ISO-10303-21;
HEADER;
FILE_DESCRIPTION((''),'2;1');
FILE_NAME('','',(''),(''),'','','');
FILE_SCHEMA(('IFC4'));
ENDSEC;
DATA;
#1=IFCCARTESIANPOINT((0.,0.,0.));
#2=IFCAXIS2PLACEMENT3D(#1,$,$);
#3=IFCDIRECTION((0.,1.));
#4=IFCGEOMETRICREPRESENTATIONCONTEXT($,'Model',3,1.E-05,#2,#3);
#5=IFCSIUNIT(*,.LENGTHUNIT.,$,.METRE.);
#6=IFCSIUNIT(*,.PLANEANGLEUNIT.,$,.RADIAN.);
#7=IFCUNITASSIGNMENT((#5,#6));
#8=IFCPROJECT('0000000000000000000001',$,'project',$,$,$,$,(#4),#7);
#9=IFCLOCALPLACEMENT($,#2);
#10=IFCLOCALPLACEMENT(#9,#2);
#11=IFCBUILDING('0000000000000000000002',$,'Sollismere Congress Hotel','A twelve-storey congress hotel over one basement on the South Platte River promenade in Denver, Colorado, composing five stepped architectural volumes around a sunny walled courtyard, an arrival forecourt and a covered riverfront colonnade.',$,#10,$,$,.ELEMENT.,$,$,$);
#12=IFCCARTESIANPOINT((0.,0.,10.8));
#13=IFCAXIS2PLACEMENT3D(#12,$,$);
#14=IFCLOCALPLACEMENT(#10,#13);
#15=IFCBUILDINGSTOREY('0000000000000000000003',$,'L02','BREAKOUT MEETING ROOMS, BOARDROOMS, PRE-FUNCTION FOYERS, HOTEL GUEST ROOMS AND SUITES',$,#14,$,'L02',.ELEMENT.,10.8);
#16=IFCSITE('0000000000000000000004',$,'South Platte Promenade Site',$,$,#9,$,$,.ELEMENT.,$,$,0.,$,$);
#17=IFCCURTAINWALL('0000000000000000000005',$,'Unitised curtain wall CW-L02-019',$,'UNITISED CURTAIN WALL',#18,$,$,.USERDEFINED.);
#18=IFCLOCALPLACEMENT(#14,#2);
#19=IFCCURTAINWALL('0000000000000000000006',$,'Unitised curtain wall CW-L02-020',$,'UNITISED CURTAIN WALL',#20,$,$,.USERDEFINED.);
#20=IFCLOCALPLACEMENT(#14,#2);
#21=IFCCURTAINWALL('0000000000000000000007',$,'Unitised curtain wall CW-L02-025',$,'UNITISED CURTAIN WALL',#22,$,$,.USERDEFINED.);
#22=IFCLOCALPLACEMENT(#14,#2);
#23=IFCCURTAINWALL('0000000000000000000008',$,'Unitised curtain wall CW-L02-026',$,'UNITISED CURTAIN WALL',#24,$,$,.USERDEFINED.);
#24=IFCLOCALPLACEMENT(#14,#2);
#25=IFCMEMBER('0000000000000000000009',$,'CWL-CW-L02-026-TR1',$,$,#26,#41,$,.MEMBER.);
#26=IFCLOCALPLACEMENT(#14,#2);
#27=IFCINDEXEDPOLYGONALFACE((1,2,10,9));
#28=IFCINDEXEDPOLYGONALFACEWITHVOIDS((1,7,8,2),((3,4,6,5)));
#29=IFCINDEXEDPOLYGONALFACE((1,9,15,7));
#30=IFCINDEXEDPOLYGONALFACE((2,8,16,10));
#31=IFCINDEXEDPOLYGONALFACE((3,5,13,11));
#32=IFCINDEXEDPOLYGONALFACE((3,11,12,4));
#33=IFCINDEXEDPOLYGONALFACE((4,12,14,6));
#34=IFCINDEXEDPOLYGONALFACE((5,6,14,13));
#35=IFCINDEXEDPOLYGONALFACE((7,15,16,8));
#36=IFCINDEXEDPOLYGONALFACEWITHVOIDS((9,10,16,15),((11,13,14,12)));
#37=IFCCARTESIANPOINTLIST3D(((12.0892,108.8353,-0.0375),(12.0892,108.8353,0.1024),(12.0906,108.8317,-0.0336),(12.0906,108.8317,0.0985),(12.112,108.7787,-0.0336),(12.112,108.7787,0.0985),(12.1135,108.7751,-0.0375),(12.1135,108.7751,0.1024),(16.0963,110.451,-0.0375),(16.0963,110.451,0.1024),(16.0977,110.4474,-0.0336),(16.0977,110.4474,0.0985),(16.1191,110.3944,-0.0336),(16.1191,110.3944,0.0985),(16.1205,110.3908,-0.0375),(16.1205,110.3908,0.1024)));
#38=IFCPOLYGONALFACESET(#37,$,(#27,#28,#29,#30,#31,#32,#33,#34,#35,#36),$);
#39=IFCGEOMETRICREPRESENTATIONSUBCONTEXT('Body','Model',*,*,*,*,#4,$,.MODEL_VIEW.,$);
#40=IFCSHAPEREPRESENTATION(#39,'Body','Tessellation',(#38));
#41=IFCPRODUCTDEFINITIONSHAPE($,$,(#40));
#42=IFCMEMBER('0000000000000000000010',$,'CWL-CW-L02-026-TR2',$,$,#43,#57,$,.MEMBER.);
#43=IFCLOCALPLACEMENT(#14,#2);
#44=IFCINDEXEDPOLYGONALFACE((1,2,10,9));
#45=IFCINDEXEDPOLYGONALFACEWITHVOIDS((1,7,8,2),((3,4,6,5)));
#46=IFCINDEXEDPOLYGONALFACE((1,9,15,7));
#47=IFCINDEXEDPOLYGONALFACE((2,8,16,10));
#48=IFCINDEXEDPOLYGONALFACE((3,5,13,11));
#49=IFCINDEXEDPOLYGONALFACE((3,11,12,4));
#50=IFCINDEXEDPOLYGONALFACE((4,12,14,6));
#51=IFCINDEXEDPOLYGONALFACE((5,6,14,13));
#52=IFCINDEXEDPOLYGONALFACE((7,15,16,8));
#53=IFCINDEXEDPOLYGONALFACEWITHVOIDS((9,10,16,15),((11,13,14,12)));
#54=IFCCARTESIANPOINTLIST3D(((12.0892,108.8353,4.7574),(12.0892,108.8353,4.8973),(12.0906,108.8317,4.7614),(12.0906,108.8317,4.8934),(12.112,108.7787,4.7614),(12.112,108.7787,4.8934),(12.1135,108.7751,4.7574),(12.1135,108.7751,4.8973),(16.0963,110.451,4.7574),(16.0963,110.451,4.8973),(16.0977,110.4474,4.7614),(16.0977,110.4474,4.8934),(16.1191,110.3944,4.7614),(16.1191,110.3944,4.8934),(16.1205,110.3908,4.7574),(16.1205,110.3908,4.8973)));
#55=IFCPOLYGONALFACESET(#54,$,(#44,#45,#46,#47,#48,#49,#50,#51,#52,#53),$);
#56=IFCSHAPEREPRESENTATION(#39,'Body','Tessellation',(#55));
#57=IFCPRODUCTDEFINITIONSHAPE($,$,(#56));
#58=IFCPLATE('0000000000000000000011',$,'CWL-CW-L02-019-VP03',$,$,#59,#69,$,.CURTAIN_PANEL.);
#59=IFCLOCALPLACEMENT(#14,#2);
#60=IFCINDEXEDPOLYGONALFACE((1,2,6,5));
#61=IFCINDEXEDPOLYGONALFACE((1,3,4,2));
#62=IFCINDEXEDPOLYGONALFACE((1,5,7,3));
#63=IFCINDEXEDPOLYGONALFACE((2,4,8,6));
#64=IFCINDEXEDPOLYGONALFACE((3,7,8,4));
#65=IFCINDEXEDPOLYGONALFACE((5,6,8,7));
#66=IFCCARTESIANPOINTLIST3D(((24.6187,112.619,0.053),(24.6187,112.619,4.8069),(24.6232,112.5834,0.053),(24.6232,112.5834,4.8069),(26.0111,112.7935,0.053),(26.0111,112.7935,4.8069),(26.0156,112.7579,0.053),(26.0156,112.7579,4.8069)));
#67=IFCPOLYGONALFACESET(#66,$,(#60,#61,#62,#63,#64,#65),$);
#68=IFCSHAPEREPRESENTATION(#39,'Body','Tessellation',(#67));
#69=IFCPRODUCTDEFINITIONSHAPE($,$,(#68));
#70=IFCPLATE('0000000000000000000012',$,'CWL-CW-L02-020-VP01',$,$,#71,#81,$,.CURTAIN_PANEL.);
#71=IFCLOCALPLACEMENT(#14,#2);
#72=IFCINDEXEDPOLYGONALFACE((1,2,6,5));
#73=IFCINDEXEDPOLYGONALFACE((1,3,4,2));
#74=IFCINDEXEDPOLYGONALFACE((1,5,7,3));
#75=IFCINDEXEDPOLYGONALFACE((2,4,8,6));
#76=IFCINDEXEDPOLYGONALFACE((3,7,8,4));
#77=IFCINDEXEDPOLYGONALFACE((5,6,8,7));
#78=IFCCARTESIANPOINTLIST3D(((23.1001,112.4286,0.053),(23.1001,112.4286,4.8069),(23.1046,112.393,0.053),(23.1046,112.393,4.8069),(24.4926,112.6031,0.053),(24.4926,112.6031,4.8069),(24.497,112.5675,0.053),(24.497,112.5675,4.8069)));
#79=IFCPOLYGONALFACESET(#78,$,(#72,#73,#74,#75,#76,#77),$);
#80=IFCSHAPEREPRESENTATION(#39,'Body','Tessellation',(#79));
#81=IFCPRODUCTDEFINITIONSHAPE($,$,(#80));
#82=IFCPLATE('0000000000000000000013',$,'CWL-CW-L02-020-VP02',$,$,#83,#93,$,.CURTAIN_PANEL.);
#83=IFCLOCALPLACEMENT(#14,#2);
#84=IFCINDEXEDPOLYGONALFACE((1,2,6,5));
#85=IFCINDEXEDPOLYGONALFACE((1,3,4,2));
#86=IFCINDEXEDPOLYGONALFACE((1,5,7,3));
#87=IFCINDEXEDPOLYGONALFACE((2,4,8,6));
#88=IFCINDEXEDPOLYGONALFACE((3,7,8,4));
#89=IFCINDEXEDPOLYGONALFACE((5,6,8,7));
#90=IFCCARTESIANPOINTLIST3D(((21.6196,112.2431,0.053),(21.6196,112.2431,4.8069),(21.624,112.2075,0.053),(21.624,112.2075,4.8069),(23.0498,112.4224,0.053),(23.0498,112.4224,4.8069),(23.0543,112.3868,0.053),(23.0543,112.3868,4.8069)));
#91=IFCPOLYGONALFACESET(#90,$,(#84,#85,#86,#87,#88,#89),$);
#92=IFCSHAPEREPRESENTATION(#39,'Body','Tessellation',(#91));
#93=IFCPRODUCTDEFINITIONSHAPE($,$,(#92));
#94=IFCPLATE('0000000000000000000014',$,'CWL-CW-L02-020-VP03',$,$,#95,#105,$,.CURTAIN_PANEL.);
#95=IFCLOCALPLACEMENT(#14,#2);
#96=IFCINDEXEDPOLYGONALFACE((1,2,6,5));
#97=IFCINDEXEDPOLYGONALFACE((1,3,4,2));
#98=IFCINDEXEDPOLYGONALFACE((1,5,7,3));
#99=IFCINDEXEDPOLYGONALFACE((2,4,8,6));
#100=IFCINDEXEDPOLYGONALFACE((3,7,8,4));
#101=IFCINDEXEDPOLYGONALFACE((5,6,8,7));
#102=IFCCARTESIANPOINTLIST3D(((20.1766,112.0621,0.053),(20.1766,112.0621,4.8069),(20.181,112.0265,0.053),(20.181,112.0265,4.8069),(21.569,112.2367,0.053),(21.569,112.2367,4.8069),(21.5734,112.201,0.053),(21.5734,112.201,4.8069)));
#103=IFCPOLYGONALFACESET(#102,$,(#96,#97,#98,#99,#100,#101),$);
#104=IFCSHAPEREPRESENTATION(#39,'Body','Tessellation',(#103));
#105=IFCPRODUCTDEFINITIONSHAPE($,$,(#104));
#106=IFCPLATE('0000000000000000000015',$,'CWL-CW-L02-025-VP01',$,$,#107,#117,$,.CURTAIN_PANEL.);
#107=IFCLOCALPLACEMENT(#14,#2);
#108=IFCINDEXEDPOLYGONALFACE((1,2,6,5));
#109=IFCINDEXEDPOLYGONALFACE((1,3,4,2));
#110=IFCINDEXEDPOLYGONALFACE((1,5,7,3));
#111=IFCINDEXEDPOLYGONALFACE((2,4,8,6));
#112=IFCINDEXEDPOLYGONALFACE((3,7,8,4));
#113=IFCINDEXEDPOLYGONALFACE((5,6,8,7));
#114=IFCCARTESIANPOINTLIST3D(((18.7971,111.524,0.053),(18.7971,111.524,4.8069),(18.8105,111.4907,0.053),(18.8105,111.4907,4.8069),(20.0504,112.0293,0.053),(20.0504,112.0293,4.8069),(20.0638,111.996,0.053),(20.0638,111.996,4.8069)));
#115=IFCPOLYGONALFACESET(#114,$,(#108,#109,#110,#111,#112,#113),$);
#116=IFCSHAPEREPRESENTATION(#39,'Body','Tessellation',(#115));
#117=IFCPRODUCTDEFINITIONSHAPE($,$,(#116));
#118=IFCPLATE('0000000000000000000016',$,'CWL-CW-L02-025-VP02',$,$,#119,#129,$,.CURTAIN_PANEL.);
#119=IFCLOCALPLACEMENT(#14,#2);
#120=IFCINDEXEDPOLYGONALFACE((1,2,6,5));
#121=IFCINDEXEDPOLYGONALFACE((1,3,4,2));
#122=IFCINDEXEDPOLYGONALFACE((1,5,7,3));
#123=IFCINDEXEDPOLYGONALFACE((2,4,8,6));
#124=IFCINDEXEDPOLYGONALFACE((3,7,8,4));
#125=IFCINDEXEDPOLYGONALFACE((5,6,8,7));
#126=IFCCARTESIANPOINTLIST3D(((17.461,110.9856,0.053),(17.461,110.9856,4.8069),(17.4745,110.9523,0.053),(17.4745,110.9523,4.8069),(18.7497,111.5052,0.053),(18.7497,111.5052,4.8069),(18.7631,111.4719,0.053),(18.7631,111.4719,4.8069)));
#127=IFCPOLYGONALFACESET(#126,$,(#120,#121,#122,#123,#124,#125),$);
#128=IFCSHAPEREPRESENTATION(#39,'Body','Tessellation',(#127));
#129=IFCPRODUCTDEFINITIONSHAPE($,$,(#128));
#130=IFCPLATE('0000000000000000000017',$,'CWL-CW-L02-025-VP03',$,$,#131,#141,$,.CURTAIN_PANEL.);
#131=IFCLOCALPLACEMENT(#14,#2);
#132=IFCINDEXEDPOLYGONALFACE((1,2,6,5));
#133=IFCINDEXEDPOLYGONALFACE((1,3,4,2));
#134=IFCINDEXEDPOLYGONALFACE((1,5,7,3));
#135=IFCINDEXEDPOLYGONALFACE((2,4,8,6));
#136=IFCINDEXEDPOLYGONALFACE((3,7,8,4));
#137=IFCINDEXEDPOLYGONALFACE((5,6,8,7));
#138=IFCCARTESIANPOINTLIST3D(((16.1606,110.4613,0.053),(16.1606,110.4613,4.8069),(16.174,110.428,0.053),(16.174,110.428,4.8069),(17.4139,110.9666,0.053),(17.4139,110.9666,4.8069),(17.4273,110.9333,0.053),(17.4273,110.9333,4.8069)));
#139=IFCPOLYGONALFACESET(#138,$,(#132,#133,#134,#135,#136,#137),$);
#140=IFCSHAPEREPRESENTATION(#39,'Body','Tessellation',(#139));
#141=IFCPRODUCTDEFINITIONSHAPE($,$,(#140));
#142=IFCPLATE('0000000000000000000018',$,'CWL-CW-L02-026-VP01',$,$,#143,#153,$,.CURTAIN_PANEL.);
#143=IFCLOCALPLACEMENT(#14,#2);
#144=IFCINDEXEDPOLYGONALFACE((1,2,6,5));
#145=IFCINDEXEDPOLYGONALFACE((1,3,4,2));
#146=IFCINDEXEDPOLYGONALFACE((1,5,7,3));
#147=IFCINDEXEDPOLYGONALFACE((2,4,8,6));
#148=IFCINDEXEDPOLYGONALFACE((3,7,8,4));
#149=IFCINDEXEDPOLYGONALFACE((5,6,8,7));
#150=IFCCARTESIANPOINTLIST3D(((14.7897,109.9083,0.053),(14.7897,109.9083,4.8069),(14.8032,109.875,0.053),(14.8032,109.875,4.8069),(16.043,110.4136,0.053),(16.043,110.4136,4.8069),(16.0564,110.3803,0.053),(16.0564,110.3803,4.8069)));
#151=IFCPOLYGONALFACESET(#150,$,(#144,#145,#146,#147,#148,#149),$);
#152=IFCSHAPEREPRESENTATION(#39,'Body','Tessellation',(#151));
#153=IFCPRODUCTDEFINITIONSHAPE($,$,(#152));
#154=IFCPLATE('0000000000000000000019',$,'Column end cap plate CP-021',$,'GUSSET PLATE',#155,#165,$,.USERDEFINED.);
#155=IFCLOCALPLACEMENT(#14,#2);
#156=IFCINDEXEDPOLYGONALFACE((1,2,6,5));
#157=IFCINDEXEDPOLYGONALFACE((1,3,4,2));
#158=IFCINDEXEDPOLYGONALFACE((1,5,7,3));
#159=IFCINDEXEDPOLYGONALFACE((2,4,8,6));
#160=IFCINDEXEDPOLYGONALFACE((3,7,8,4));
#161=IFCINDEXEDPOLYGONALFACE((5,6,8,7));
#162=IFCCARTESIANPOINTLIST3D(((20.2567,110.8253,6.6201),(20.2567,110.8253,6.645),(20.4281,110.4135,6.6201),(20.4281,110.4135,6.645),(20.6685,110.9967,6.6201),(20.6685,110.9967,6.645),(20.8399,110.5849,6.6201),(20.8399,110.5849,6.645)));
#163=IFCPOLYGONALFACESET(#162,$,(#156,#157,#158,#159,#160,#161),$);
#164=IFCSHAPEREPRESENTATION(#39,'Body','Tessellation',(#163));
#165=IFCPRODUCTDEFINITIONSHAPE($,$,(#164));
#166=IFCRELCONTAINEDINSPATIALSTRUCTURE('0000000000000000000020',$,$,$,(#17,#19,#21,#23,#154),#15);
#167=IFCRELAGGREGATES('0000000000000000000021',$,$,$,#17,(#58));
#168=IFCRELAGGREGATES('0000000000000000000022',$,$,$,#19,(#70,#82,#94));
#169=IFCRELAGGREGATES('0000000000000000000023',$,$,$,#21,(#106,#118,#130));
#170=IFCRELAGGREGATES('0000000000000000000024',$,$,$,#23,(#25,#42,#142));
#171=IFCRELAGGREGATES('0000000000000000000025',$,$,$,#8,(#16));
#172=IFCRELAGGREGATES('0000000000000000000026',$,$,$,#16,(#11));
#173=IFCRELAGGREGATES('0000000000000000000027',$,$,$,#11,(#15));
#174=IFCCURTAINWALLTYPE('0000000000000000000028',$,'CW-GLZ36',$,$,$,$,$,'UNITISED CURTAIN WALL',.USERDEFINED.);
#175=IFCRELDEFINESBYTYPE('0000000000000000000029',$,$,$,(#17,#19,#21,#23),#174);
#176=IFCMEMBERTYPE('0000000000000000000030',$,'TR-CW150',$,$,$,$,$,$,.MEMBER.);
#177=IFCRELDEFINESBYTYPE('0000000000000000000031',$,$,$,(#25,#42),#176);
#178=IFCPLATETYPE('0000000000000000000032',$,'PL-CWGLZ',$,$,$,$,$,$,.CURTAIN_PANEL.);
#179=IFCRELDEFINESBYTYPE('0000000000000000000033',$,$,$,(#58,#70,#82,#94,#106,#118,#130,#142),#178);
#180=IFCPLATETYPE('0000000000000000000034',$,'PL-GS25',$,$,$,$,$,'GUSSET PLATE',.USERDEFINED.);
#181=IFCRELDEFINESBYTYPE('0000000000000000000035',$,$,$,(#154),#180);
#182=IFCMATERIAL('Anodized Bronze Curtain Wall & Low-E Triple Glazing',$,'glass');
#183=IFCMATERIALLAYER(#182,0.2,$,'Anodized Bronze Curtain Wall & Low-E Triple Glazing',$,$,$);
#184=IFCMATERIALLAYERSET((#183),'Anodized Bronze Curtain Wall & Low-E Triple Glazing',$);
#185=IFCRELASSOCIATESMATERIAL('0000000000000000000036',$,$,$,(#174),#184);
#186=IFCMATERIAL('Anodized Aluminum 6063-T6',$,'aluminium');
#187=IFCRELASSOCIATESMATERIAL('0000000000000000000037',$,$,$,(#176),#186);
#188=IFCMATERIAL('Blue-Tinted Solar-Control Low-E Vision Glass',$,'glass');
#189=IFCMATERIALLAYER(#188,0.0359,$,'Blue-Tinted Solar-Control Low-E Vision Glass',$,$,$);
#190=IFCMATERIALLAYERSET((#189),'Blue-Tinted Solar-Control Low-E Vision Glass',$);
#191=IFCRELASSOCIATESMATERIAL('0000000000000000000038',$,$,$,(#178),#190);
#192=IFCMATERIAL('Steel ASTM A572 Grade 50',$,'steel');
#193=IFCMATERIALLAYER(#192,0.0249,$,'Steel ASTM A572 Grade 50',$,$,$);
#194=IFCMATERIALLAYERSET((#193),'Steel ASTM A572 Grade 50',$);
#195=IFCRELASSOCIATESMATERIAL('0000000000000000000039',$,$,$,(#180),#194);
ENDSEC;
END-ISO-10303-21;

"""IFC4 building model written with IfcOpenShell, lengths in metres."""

from ifc_helpers import new_model, si_unit, direction, frame, origin, origin_2d, place, context, subcontext, project, spatial, rectangle, hollow_rectangle, extrude, material, layer, layer_set, material_profile, profile_set, type_object, element, aggregate, save


model = new_model("IFC4")

# Units and contexts
model_context = context("Model", 3, precision=1e-05, world=origin(), true_north=direction((0.0, 1.0)))
body_context = subcontext(model_context, "Body", "Model", "MODEL_VIEW")
ifc_project = project(units=[si_unit("LENGTHUNIT", "METRE"), si_unit("PLANEANGLEUNIT", "RADIAN")], contexts=[model_context])

# Site, building, storey
site_placement = place(None, origin())
site = spatial("IfcSite", under=ifc_project, at=site_placement, Name="South Platte Promenade Site", CompositionType="ELEMENT", RefElevation=0.0)
building_placement = place(site_placement, origin())
building = spatial("IfcBuilding", under=site, at=building_placement, Name="Sollismere Congress Hotel", Description="A twelve-storey congress hotel over one basement on the South Platte River promenade in Denver, Colorado, composing five stepped architectural volumes around a sunny walled courtyard, an arrival forecourt and a covered riverfront colonnade.", CompositionType="ELEMENT")
storey_placement = place(building_placement, frame((0.0, 0.0, 10.8)))
storey = spatial("IfcBuildingStorey", under=building, at=storey_placement, Name="L02", Description="BREAKOUT MEETING ROOMS, BOARDROOMS, PRE-FUNCTION FOYERS, HOTEL GUEST ROOMS AND SUITES", LongName="L02", CompositionType="ELEMENT", Elevation=10.8)

# Curtain wall
ifc_material_1 = material(Name="Anodized Bronze Curtain Wall & Low-E Triple Glazing", Category="glass")
ifc_layer_1 = layer(ifc_material_1, 0.2, Name="Anodized Bronze Curtain Wall & Low-E Triple Glazing")
ifc_layer_set_1 = layer_set([ifc_layer_1], Name="Anodized Bronze Curtain Wall & Low-E Triple Glazing")
curtain_wall_type = type_object("IfcCurtainWallType", Name="CW-GLZ36", ElementType="UNITISED CURTAIN WALL", PredefinedType="USERDEFINED", material=ifc_layer_set_1)
curtain_wall_1_placement = place(storey_placement, origin())
curtain_wall_1 = element("IfcCurtainWall", 1, at=curtain_wall_1_placement, inside=storey, type_object=curtain_wall_type, Name="Unitised curtain wall CW-L02-019", ObjectType="UNITISED CURTAIN WALL", PredefinedType="USERDEFINED")
ifc_material_2 = material(Name="Anodized Aluminum 6063-T6", Category="aluminium")

# Curtain walls
curtain_wall_2_placement = place(storey_placement, origin())
curtain_wall_2 = element("IfcCurtainWall", 2, at=curtain_wall_2_placement, inside=storey, type_object=curtain_wall_type, Name="Unitised curtain wall CW-L02-020", ObjectType="UNITISED CURTAIN WALL", PredefinedType="USERDEFINED")
curtain_wall_3_placement = place(storey_placement, origin())
curtain_wall_3 = element("IfcCurtainWall", 3, at=curtain_wall_3_placement, inside=storey, type_object=curtain_wall_type, Name="Unitised curtain wall CW-L02-025", ObjectType="UNITISED CURTAIN WALL", PredefinedType="USERDEFINED")

# Curtain wall
curtain_wall_4_placement = place(storey_placement, origin())
curtain_wall_4 = element("IfcCurtainWall", 4, at=curtain_wall_4_placement, inside=storey, type_object=curtain_wall_type, Name="Unitised curtain wall CW-L02-026", ObjectType="UNITISED CURTAIN WALL", PredefinedType="USERDEFINED")

# Members
ifc_material_profile_1 = material_profile(ifc_material_2, hollow_rectangle(XDim=0.0649, YDim=0.1399, WallThickness=0.0039, at=origin_2d()), Name="ALU140X65X4")
ifc_profile_set_1 = profile_set([ifc_material_profile_1], Name="Anodized Aluminum 6063-T6")
member_type_1 = type_object("IfcMemberType", Name="TR-CW150", PredefinedType="MEMBER", material=ifc_profile_set_1)
member_1_placement = place(storey_placement, frame((16.1084, 110.4209, 0.0325), z_axis=(-0.927444, -0.373961, 0.0), x_axis=(0.373961, -0.927444, 0.0)))
member_1 = element("IfcMember", 5, at=member_1_placement, type_object=member_type_1, Name="CWL-CW-L02-026-TR1", PredefinedType="MEMBER", context=body_context, shape_type="SweptSolid", body=[
    extrude(hollow_rectangle(XDim=0.0649, YDim=0.1399, WallThickness=0.0039, at=origin_2d()), origin(), (0.0, 0.0, 1.0), 4.3206),
])
member_2_placement = place(storey_placement, frame((16.1084, 110.4209, 4.8274), z_axis=(-0.927444, -0.373961, 0.0), x_axis=(0.373961, -0.927444, 0.0)))
member_2 = element("IfcMember", 6, at=member_2_placement, type_object=member_type_1, Name="CWL-CW-L02-026-TR2", PredefinedType="MEMBER", context=body_context, shape_type="SweptSolid", body=[
    extrude(hollow_rectangle(XDim=0.0649, YDim=0.1399, WallThickness=0.0039, at=origin_2d()), origin(), (0.0, 0.0, 1.0), 4.3206),
])

# Plates
ifc_material_3 = material(Name="Blue-Tinted Solar-Control Low-E Vision Glass", Category="glass")
ifc_layer_2 = layer(ifc_material_3, 0.0359, Name="Blue-Tinted Solar-Control Low-E Vision Glass")
ifc_layer_set_2 = layer_set([ifc_layer_2], Name="Blue-Tinted Solar-Control Low-E Vision Glass")
plate_type_1 = type_object("IfcPlateType", Name="PL-CWGLZ", PredefinedType="CURTAIN_PANEL", material=ifc_layer_set_2)
plate_1_placement = place(storey_placement, frame((25.3171, 112.6885, 0.053), z_axis=(0.0, 0.0, 1.0), x_axis=(-0.992237, -0.124363, 0.0)))
plate_1 = element("IfcPlate", 7, at=plate_1_placement, type_object=plate_type_1, Name="CWL-CW-L02-019-VP03", PredefinedType="CURTAIN_PANEL", context=body_context, shape_type="SweptSolid", body=[
    extrude(rectangle(XDim=1.4033, YDim=0.0359, at=origin_2d()), origin(), (0.0, 0.0, 1.0), 4.7539),
])
aggregate(curtain_wall_1, [plate_1])
plate_2_placement = place(storey_placement, frame((23.7986, 112.498, 0.053), z_axis=(0.0, 0.0, 1.0), x_axis=(-0.992237, -0.124363, 0.0)))
plate_2 = element("IfcPlate", 8, at=plate_2_placement, type_object=plate_type_1, Name="CWL-CW-L02-020-VP01", PredefinedType="CURTAIN_PANEL", context=body_context, shape_type="SweptSolid", body=[
    extrude(rectangle(XDim=1.4033, YDim=0.0359, at=origin_2d()), origin(), (0.0, 0.0, 1.0), 4.7539),
])
plate_3_placement = place(storey_placement, frame((22.3369, 112.3149, 0.053), z_axis=(0.0, 0.0, 1.0), x_axis=(-0.992237, -0.124363, 0.0)))
plate_3 = element("IfcPlate", 9, at=plate_3_placement, type_object=plate_type_1, Name="CWL-CW-L02-020-VP02", PredefinedType="CURTAIN_PANEL", context=body_context, shape_type="SweptSolid", body=[
    extrude(rectangle(XDim=1.4414, YDim=0.0359, at=origin_2d()), origin(), (0.0, 0.0, 1.0), 4.7539),
])
plate_4_placement = place(storey_placement, frame((20.875, 112.1316, 0.053), z_axis=(0.0, 0.0, 1.0), x_axis=(-0.992237, -0.124363, 0.0)))
plate_4 = element("IfcPlate", 10, at=plate_4_placement, type_object=plate_type_1, Name="CWL-CW-L02-020-VP03", PredefinedType="CURTAIN_PANEL", context=body_context, shape_type="SweptSolid", body=[
    extrude(rectangle(XDim=1.4033, YDim=0.0359, at=origin_2d()), origin(), (0.0, 0.0, 1.0), 4.7539),
])
aggregate(curtain_wall_2, [plate_2, plate_3, plate_4])
plate_5_placement = place(storey_placement, frame((19.4304, 111.76, 0.053), z_axis=(0.0, 0.0, 1.0), x_axis=(-0.927452, -0.373943, 0.0)))
plate_5 = element("IfcPlate", 11, at=plate_5_placement, type_object=plate_type_1, Name="CWL-CW-L02-025-VP01", PredefinedType="CURTAIN_PANEL", context=body_context, shape_type="SweptSolid", body=[
    extrude(rectangle(XDim=1.3513, YDim=0.0359, at=origin_2d()), origin(), (0.0, 0.0, 1.0), 4.7539),
])
plate_6_placement = place(storey_placement, frame((18.1121, 111.2288, 0.053), z_axis=(0.0, 0.0, 1.0), x_axis=(-0.927452, -0.373943, 0.0)))
plate_6 = element("IfcPlate", 12, at=plate_6_placement, type_object=plate_type_1, Name="CWL-CW-L02-025-VP02", PredefinedType="CURTAIN_PANEL", context=body_context, shape_type="SweptSolid", body=[
    extrude(rectangle(XDim=1.3894, YDim=0.0359, at=origin_2d()), origin(), (0.0, 0.0, 1.0), 4.7539),
])
plate_7_placement = place(storey_placement, frame((16.7939, 110.6973, 0.053), z_axis=(0.0, 0.0, 1.0), x_axis=(-0.927452, -0.373943, 0.0)))
plate_7 = element("IfcPlate", 13, at=plate_7_placement, type_object=plate_type_1, Name="CWL-CW-L02-025-VP03", PredefinedType="CURTAIN_PANEL", context=body_context, shape_type="SweptSolid", body=[
    extrude(rectangle(XDim=1.3513, YDim=0.0359, at=origin_2d()), origin(), (0.0, 0.0, 1.0), 4.7539),
])
aggregate(curtain_wall_3, [plate_5, plate_6, plate_7])
plate_8_placement = place(storey_placement, frame((15.4231, 110.1443, 0.053), z_axis=(0.0, 0.0, 1.0), x_axis=(-0.927452, -0.373943, 0.0)))
plate_8 = element("IfcPlate", 14, at=plate_8_placement, type_object=plate_type_1, Name="CWL-CW-L02-026-VP01", PredefinedType="CURTAIN_PANEL", context=body_context, shape_type="SweptSolid", body=[
    extrude(rectangle(XDim=1.3513, YDim=0.0359, at=origin_2d()), origin(), (0.0, 0.0, 1.0), 4.7539),
])
aggregate(curtain_wall_4, [member_1, member_2, plate_8])
ifc_material_4 = material(Name="Steel ASTM A572 Grade 50", Category="steel")
ifc_layer_3 = layer(ifc_material_4, 0.0249, Name="Steel ASTM A572 Grade 50")
ifc_layer_set_3 = layer_set([ifc_layer_3], Name="Steel ASTM A572 Grade 50")
plate_type_2 = type_object("IfcPlateType", Name="PL-GS25", ElementType="GUSSET PLATE", PredefinedType="USERDEFINED", material=ifc_layer_set_3)
plate_9_placement = place(storey_placement, frame((20.5483, 110.7051, 6.6201), z_axis=(0.0, 0.0, 1.0), x_axis=(-0.384295, 0.92321, 0.0)))
element("IfcPlate", 15, at=plate_9_placement, inside=storey, type_object=plate_type_2, Name="Column end cap plate CP-021", ObjectType="GUSSET PLATE", PredefinedType="USERDEFINED", context=body_context, shape_type="SweptSolid", body=[
    extrude(rectangle(XDim=0.446, YDim=0.446, at=origin_2d()), origin(), (0.0, 0.0, 1.0), 0.0249),
])

save(model, "model.ifc")
